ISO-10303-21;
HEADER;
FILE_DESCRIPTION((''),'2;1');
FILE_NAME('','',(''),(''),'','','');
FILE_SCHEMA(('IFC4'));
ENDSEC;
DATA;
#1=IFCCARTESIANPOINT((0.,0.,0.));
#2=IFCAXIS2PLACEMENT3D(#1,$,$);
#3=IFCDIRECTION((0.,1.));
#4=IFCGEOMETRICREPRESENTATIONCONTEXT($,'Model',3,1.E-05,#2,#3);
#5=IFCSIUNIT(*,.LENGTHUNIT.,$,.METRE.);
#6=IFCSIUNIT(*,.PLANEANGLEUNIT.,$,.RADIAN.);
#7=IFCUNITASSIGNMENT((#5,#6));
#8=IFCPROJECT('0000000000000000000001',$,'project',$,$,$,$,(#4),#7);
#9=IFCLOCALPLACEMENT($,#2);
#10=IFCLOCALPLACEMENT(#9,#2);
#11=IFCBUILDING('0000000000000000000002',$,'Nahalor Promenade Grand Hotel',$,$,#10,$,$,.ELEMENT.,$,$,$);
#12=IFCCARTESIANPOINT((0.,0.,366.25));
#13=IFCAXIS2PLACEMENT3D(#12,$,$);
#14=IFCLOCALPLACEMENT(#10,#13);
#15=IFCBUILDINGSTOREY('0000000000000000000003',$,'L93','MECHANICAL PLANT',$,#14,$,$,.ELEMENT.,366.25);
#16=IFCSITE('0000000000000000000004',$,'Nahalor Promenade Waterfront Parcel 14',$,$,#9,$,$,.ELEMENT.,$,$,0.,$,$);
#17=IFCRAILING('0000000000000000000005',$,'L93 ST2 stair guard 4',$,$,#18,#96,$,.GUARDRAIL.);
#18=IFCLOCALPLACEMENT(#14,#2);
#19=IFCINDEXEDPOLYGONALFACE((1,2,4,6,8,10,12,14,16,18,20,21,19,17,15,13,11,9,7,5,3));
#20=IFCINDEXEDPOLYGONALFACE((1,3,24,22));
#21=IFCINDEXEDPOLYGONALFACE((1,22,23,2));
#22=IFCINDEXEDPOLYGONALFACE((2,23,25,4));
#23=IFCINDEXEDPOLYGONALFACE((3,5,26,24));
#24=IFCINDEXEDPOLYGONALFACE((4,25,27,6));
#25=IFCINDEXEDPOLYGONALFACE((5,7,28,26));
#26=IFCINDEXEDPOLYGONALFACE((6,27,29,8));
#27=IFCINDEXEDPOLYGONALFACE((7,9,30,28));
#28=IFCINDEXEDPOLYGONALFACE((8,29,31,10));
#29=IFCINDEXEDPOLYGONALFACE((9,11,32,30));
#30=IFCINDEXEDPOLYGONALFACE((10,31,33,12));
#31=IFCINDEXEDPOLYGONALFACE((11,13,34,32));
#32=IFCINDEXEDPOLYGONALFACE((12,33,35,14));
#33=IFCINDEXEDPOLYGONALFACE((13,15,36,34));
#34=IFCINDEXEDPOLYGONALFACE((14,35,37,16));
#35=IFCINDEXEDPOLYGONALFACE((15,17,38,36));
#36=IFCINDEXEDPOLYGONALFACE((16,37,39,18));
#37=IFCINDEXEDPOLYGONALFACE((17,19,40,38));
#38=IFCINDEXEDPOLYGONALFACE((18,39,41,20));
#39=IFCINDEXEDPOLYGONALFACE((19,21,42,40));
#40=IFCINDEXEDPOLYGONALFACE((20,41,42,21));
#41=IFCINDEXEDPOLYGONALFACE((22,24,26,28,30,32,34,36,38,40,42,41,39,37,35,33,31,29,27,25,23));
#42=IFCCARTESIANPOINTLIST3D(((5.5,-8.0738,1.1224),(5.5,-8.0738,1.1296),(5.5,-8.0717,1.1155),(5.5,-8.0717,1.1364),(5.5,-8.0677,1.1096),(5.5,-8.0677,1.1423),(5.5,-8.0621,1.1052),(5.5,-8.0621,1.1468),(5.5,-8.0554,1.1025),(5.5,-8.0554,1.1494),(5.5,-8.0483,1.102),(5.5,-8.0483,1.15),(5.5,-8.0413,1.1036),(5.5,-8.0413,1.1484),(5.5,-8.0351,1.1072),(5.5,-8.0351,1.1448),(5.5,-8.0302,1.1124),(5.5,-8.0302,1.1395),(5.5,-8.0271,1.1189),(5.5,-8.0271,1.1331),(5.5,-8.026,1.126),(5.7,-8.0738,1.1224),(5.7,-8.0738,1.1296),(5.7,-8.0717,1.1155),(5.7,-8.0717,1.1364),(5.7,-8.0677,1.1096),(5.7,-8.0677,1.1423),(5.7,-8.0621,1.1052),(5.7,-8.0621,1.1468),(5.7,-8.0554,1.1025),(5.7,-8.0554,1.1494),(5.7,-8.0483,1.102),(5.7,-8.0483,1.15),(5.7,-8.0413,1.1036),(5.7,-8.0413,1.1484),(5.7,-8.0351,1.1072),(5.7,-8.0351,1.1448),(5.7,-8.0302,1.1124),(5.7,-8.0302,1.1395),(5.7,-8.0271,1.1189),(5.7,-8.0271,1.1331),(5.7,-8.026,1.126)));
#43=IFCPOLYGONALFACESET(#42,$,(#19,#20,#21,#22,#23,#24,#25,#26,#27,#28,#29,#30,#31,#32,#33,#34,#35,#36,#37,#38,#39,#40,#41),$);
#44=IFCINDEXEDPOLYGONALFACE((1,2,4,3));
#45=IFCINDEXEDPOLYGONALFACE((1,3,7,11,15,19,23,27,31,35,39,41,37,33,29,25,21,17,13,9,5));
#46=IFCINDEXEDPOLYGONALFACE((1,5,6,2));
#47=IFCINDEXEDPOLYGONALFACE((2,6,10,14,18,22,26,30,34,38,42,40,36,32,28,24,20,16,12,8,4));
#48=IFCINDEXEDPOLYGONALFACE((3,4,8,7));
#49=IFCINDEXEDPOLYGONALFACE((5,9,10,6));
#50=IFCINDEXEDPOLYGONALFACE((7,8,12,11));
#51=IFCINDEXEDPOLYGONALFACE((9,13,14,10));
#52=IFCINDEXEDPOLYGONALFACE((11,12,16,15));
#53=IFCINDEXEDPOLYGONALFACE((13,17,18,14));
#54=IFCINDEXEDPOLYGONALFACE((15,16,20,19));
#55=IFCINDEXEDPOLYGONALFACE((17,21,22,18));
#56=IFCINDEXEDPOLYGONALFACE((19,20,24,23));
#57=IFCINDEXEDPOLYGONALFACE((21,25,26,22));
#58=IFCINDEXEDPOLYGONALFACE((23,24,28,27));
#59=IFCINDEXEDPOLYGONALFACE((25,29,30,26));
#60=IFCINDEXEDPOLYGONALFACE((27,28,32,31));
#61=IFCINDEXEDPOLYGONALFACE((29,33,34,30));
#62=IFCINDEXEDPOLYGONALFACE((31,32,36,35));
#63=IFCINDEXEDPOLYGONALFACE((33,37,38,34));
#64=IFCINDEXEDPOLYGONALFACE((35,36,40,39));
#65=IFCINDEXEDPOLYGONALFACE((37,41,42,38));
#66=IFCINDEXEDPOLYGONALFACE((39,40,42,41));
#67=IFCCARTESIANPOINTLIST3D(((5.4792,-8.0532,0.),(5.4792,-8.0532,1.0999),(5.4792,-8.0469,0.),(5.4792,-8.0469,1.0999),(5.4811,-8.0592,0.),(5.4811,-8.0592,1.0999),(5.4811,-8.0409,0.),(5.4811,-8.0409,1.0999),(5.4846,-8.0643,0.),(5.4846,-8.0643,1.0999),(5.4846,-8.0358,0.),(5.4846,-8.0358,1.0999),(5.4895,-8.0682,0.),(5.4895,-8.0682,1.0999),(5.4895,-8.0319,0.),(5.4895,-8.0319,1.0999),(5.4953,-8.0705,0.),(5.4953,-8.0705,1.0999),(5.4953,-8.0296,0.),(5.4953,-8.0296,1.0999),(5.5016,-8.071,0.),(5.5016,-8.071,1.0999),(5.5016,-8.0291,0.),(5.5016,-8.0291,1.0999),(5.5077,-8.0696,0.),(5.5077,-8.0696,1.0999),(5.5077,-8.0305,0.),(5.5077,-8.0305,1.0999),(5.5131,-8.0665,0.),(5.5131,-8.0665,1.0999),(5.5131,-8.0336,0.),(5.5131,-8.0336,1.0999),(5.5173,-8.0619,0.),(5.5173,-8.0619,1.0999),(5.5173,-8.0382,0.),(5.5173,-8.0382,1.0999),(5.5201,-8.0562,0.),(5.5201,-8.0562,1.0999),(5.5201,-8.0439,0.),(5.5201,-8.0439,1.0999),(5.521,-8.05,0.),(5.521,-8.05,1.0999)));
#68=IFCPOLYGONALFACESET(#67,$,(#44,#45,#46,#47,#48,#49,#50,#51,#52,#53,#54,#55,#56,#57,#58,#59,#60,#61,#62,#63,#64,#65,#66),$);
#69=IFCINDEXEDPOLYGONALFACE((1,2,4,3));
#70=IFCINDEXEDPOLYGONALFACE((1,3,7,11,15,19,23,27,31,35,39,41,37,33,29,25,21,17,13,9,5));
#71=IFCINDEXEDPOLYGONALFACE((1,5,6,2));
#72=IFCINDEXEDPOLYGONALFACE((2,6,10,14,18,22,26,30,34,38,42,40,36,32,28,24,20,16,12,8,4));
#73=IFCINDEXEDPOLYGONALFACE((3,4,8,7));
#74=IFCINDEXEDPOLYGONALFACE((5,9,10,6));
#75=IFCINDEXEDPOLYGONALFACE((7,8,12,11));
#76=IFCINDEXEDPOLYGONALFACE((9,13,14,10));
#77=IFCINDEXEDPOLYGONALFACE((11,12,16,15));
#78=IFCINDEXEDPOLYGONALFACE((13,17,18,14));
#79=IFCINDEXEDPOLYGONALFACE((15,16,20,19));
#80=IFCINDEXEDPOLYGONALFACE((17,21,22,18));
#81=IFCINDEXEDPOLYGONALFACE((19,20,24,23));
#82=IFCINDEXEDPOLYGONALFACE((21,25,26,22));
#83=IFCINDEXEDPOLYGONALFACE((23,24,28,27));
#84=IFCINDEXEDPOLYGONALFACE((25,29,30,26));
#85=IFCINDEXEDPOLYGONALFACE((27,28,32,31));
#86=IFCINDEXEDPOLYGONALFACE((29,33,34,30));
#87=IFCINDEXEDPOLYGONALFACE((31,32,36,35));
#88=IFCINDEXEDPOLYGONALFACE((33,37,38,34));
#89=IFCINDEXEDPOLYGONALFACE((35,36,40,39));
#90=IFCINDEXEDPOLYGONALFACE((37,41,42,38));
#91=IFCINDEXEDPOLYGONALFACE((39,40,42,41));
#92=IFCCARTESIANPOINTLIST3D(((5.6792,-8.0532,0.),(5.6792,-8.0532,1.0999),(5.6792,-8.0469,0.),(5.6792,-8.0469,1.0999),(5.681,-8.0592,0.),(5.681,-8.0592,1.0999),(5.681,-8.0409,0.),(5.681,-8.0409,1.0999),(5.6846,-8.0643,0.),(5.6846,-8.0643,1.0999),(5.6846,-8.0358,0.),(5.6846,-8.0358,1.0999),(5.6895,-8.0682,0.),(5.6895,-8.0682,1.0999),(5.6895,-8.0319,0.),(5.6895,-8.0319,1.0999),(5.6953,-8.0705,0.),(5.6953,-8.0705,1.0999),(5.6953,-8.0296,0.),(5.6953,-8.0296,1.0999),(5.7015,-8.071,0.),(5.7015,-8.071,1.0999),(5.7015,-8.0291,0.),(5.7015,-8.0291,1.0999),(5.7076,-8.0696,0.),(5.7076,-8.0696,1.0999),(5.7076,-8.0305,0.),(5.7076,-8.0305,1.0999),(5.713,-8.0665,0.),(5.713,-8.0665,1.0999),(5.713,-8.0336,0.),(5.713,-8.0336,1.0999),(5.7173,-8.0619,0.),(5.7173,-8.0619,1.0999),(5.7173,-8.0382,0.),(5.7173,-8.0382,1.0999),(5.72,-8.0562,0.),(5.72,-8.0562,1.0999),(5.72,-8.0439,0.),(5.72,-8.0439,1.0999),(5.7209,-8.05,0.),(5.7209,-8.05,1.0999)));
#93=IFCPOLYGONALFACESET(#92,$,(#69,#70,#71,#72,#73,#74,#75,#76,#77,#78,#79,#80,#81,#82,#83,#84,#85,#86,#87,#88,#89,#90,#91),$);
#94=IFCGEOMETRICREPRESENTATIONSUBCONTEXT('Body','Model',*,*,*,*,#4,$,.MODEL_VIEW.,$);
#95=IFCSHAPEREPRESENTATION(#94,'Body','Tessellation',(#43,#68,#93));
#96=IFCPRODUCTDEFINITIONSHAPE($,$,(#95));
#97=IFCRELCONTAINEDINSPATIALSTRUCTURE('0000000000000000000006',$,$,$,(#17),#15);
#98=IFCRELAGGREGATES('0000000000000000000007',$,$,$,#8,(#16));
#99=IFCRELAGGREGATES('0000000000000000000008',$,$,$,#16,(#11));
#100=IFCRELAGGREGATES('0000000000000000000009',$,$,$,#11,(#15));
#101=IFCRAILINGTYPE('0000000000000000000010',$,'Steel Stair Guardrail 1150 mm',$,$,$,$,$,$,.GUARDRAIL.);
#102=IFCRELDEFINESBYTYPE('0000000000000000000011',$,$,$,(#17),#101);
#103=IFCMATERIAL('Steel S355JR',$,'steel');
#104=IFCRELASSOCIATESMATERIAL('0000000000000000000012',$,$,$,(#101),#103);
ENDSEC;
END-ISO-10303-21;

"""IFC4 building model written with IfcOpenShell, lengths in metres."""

from ifc_helpers import new_model, si_unit, direction, frame, origin, origin_2d, place, context, subcontext, project, spatial, circle, extrude, material, type_object, element, save


model = new_model("IFC4")

# Units and contexts
model_context = context("Model", 3, precision=1e-05, world=origin(), true_north=direction((0.0, 1.0)))
body_context = subcontext(model_context, "Body", "Model", "MODEL_VIEW")
ifc_project = project(units=[si_unit("LENGTHUNIT", "METRE"), si_unit("PLANEANGLEUNIT", "RADIAN")], contexts=[model_context])

# Site, building, storey
site_placement = place(None, origin())
site = spatial("IfcSite", under=ifc_project, at=site_placement, Name="Nahalor Promenade Waterfront Parcel 14", CompositionType="ELEMENT", RefElevation=0.0)
building_placement = place(site_placement, origin())
building = spatial("IfcBuilding", under=site, at=building_placement, Name="Nahalor Promenade Grand Hotel", CompositionType="ELEMENT")
storey_placement = place(building_placement, frame((0.0, 0.0, 366.25)))
storey = spatial("IfcBuildingStorey", under=building, at=storey_placement, Name="L93", Description="MECHANICAL PLANT", CompositionType="ELEMENT", Elevation=366.25)

# Shared definitions
ifc_material_1 = material(Name="Steel S355JR", Category="steel")

# Railing
railing_type_1 = type_object("IfcRailingType", Name="Steel Stair Guardrail 1150 mm", PredefinedType="GUARDRAIL", material=ifc_material_1)
railing_1_placement = place(storey_placement, frame((5.5, -8.05, 0.0)))
element("IfcRailing", 1, at=railing_1_placement, inside=storey, type_object=railing_type_1, Name="L93 ST2 stair guard 4", PredefinedType="GUARDRAIL", context=body_context, shape_type="SweptSolid", body=[
    extrude(circle(Radius=0.024, at=origin_2d()), frame((0.0, 0.0, 1.126), z_axis=(1.0, 0.0, 0.0), x_axis=(0.0, 1.0, 0.0)), (0.0, 0.0, 1.0), 0.2),
    extrude(circle(Radius=0.021, at=origin_2d()), origin(), (0.0, 0.0, 1.0), 1.0999),
    extrude(circle(Radius=0.021, at=origin_2d()), frame((0.2, 0.0, 0.0)), (0.0, 0.0, 1.0), 1.0999),
])

save(model, "model.ifc")
